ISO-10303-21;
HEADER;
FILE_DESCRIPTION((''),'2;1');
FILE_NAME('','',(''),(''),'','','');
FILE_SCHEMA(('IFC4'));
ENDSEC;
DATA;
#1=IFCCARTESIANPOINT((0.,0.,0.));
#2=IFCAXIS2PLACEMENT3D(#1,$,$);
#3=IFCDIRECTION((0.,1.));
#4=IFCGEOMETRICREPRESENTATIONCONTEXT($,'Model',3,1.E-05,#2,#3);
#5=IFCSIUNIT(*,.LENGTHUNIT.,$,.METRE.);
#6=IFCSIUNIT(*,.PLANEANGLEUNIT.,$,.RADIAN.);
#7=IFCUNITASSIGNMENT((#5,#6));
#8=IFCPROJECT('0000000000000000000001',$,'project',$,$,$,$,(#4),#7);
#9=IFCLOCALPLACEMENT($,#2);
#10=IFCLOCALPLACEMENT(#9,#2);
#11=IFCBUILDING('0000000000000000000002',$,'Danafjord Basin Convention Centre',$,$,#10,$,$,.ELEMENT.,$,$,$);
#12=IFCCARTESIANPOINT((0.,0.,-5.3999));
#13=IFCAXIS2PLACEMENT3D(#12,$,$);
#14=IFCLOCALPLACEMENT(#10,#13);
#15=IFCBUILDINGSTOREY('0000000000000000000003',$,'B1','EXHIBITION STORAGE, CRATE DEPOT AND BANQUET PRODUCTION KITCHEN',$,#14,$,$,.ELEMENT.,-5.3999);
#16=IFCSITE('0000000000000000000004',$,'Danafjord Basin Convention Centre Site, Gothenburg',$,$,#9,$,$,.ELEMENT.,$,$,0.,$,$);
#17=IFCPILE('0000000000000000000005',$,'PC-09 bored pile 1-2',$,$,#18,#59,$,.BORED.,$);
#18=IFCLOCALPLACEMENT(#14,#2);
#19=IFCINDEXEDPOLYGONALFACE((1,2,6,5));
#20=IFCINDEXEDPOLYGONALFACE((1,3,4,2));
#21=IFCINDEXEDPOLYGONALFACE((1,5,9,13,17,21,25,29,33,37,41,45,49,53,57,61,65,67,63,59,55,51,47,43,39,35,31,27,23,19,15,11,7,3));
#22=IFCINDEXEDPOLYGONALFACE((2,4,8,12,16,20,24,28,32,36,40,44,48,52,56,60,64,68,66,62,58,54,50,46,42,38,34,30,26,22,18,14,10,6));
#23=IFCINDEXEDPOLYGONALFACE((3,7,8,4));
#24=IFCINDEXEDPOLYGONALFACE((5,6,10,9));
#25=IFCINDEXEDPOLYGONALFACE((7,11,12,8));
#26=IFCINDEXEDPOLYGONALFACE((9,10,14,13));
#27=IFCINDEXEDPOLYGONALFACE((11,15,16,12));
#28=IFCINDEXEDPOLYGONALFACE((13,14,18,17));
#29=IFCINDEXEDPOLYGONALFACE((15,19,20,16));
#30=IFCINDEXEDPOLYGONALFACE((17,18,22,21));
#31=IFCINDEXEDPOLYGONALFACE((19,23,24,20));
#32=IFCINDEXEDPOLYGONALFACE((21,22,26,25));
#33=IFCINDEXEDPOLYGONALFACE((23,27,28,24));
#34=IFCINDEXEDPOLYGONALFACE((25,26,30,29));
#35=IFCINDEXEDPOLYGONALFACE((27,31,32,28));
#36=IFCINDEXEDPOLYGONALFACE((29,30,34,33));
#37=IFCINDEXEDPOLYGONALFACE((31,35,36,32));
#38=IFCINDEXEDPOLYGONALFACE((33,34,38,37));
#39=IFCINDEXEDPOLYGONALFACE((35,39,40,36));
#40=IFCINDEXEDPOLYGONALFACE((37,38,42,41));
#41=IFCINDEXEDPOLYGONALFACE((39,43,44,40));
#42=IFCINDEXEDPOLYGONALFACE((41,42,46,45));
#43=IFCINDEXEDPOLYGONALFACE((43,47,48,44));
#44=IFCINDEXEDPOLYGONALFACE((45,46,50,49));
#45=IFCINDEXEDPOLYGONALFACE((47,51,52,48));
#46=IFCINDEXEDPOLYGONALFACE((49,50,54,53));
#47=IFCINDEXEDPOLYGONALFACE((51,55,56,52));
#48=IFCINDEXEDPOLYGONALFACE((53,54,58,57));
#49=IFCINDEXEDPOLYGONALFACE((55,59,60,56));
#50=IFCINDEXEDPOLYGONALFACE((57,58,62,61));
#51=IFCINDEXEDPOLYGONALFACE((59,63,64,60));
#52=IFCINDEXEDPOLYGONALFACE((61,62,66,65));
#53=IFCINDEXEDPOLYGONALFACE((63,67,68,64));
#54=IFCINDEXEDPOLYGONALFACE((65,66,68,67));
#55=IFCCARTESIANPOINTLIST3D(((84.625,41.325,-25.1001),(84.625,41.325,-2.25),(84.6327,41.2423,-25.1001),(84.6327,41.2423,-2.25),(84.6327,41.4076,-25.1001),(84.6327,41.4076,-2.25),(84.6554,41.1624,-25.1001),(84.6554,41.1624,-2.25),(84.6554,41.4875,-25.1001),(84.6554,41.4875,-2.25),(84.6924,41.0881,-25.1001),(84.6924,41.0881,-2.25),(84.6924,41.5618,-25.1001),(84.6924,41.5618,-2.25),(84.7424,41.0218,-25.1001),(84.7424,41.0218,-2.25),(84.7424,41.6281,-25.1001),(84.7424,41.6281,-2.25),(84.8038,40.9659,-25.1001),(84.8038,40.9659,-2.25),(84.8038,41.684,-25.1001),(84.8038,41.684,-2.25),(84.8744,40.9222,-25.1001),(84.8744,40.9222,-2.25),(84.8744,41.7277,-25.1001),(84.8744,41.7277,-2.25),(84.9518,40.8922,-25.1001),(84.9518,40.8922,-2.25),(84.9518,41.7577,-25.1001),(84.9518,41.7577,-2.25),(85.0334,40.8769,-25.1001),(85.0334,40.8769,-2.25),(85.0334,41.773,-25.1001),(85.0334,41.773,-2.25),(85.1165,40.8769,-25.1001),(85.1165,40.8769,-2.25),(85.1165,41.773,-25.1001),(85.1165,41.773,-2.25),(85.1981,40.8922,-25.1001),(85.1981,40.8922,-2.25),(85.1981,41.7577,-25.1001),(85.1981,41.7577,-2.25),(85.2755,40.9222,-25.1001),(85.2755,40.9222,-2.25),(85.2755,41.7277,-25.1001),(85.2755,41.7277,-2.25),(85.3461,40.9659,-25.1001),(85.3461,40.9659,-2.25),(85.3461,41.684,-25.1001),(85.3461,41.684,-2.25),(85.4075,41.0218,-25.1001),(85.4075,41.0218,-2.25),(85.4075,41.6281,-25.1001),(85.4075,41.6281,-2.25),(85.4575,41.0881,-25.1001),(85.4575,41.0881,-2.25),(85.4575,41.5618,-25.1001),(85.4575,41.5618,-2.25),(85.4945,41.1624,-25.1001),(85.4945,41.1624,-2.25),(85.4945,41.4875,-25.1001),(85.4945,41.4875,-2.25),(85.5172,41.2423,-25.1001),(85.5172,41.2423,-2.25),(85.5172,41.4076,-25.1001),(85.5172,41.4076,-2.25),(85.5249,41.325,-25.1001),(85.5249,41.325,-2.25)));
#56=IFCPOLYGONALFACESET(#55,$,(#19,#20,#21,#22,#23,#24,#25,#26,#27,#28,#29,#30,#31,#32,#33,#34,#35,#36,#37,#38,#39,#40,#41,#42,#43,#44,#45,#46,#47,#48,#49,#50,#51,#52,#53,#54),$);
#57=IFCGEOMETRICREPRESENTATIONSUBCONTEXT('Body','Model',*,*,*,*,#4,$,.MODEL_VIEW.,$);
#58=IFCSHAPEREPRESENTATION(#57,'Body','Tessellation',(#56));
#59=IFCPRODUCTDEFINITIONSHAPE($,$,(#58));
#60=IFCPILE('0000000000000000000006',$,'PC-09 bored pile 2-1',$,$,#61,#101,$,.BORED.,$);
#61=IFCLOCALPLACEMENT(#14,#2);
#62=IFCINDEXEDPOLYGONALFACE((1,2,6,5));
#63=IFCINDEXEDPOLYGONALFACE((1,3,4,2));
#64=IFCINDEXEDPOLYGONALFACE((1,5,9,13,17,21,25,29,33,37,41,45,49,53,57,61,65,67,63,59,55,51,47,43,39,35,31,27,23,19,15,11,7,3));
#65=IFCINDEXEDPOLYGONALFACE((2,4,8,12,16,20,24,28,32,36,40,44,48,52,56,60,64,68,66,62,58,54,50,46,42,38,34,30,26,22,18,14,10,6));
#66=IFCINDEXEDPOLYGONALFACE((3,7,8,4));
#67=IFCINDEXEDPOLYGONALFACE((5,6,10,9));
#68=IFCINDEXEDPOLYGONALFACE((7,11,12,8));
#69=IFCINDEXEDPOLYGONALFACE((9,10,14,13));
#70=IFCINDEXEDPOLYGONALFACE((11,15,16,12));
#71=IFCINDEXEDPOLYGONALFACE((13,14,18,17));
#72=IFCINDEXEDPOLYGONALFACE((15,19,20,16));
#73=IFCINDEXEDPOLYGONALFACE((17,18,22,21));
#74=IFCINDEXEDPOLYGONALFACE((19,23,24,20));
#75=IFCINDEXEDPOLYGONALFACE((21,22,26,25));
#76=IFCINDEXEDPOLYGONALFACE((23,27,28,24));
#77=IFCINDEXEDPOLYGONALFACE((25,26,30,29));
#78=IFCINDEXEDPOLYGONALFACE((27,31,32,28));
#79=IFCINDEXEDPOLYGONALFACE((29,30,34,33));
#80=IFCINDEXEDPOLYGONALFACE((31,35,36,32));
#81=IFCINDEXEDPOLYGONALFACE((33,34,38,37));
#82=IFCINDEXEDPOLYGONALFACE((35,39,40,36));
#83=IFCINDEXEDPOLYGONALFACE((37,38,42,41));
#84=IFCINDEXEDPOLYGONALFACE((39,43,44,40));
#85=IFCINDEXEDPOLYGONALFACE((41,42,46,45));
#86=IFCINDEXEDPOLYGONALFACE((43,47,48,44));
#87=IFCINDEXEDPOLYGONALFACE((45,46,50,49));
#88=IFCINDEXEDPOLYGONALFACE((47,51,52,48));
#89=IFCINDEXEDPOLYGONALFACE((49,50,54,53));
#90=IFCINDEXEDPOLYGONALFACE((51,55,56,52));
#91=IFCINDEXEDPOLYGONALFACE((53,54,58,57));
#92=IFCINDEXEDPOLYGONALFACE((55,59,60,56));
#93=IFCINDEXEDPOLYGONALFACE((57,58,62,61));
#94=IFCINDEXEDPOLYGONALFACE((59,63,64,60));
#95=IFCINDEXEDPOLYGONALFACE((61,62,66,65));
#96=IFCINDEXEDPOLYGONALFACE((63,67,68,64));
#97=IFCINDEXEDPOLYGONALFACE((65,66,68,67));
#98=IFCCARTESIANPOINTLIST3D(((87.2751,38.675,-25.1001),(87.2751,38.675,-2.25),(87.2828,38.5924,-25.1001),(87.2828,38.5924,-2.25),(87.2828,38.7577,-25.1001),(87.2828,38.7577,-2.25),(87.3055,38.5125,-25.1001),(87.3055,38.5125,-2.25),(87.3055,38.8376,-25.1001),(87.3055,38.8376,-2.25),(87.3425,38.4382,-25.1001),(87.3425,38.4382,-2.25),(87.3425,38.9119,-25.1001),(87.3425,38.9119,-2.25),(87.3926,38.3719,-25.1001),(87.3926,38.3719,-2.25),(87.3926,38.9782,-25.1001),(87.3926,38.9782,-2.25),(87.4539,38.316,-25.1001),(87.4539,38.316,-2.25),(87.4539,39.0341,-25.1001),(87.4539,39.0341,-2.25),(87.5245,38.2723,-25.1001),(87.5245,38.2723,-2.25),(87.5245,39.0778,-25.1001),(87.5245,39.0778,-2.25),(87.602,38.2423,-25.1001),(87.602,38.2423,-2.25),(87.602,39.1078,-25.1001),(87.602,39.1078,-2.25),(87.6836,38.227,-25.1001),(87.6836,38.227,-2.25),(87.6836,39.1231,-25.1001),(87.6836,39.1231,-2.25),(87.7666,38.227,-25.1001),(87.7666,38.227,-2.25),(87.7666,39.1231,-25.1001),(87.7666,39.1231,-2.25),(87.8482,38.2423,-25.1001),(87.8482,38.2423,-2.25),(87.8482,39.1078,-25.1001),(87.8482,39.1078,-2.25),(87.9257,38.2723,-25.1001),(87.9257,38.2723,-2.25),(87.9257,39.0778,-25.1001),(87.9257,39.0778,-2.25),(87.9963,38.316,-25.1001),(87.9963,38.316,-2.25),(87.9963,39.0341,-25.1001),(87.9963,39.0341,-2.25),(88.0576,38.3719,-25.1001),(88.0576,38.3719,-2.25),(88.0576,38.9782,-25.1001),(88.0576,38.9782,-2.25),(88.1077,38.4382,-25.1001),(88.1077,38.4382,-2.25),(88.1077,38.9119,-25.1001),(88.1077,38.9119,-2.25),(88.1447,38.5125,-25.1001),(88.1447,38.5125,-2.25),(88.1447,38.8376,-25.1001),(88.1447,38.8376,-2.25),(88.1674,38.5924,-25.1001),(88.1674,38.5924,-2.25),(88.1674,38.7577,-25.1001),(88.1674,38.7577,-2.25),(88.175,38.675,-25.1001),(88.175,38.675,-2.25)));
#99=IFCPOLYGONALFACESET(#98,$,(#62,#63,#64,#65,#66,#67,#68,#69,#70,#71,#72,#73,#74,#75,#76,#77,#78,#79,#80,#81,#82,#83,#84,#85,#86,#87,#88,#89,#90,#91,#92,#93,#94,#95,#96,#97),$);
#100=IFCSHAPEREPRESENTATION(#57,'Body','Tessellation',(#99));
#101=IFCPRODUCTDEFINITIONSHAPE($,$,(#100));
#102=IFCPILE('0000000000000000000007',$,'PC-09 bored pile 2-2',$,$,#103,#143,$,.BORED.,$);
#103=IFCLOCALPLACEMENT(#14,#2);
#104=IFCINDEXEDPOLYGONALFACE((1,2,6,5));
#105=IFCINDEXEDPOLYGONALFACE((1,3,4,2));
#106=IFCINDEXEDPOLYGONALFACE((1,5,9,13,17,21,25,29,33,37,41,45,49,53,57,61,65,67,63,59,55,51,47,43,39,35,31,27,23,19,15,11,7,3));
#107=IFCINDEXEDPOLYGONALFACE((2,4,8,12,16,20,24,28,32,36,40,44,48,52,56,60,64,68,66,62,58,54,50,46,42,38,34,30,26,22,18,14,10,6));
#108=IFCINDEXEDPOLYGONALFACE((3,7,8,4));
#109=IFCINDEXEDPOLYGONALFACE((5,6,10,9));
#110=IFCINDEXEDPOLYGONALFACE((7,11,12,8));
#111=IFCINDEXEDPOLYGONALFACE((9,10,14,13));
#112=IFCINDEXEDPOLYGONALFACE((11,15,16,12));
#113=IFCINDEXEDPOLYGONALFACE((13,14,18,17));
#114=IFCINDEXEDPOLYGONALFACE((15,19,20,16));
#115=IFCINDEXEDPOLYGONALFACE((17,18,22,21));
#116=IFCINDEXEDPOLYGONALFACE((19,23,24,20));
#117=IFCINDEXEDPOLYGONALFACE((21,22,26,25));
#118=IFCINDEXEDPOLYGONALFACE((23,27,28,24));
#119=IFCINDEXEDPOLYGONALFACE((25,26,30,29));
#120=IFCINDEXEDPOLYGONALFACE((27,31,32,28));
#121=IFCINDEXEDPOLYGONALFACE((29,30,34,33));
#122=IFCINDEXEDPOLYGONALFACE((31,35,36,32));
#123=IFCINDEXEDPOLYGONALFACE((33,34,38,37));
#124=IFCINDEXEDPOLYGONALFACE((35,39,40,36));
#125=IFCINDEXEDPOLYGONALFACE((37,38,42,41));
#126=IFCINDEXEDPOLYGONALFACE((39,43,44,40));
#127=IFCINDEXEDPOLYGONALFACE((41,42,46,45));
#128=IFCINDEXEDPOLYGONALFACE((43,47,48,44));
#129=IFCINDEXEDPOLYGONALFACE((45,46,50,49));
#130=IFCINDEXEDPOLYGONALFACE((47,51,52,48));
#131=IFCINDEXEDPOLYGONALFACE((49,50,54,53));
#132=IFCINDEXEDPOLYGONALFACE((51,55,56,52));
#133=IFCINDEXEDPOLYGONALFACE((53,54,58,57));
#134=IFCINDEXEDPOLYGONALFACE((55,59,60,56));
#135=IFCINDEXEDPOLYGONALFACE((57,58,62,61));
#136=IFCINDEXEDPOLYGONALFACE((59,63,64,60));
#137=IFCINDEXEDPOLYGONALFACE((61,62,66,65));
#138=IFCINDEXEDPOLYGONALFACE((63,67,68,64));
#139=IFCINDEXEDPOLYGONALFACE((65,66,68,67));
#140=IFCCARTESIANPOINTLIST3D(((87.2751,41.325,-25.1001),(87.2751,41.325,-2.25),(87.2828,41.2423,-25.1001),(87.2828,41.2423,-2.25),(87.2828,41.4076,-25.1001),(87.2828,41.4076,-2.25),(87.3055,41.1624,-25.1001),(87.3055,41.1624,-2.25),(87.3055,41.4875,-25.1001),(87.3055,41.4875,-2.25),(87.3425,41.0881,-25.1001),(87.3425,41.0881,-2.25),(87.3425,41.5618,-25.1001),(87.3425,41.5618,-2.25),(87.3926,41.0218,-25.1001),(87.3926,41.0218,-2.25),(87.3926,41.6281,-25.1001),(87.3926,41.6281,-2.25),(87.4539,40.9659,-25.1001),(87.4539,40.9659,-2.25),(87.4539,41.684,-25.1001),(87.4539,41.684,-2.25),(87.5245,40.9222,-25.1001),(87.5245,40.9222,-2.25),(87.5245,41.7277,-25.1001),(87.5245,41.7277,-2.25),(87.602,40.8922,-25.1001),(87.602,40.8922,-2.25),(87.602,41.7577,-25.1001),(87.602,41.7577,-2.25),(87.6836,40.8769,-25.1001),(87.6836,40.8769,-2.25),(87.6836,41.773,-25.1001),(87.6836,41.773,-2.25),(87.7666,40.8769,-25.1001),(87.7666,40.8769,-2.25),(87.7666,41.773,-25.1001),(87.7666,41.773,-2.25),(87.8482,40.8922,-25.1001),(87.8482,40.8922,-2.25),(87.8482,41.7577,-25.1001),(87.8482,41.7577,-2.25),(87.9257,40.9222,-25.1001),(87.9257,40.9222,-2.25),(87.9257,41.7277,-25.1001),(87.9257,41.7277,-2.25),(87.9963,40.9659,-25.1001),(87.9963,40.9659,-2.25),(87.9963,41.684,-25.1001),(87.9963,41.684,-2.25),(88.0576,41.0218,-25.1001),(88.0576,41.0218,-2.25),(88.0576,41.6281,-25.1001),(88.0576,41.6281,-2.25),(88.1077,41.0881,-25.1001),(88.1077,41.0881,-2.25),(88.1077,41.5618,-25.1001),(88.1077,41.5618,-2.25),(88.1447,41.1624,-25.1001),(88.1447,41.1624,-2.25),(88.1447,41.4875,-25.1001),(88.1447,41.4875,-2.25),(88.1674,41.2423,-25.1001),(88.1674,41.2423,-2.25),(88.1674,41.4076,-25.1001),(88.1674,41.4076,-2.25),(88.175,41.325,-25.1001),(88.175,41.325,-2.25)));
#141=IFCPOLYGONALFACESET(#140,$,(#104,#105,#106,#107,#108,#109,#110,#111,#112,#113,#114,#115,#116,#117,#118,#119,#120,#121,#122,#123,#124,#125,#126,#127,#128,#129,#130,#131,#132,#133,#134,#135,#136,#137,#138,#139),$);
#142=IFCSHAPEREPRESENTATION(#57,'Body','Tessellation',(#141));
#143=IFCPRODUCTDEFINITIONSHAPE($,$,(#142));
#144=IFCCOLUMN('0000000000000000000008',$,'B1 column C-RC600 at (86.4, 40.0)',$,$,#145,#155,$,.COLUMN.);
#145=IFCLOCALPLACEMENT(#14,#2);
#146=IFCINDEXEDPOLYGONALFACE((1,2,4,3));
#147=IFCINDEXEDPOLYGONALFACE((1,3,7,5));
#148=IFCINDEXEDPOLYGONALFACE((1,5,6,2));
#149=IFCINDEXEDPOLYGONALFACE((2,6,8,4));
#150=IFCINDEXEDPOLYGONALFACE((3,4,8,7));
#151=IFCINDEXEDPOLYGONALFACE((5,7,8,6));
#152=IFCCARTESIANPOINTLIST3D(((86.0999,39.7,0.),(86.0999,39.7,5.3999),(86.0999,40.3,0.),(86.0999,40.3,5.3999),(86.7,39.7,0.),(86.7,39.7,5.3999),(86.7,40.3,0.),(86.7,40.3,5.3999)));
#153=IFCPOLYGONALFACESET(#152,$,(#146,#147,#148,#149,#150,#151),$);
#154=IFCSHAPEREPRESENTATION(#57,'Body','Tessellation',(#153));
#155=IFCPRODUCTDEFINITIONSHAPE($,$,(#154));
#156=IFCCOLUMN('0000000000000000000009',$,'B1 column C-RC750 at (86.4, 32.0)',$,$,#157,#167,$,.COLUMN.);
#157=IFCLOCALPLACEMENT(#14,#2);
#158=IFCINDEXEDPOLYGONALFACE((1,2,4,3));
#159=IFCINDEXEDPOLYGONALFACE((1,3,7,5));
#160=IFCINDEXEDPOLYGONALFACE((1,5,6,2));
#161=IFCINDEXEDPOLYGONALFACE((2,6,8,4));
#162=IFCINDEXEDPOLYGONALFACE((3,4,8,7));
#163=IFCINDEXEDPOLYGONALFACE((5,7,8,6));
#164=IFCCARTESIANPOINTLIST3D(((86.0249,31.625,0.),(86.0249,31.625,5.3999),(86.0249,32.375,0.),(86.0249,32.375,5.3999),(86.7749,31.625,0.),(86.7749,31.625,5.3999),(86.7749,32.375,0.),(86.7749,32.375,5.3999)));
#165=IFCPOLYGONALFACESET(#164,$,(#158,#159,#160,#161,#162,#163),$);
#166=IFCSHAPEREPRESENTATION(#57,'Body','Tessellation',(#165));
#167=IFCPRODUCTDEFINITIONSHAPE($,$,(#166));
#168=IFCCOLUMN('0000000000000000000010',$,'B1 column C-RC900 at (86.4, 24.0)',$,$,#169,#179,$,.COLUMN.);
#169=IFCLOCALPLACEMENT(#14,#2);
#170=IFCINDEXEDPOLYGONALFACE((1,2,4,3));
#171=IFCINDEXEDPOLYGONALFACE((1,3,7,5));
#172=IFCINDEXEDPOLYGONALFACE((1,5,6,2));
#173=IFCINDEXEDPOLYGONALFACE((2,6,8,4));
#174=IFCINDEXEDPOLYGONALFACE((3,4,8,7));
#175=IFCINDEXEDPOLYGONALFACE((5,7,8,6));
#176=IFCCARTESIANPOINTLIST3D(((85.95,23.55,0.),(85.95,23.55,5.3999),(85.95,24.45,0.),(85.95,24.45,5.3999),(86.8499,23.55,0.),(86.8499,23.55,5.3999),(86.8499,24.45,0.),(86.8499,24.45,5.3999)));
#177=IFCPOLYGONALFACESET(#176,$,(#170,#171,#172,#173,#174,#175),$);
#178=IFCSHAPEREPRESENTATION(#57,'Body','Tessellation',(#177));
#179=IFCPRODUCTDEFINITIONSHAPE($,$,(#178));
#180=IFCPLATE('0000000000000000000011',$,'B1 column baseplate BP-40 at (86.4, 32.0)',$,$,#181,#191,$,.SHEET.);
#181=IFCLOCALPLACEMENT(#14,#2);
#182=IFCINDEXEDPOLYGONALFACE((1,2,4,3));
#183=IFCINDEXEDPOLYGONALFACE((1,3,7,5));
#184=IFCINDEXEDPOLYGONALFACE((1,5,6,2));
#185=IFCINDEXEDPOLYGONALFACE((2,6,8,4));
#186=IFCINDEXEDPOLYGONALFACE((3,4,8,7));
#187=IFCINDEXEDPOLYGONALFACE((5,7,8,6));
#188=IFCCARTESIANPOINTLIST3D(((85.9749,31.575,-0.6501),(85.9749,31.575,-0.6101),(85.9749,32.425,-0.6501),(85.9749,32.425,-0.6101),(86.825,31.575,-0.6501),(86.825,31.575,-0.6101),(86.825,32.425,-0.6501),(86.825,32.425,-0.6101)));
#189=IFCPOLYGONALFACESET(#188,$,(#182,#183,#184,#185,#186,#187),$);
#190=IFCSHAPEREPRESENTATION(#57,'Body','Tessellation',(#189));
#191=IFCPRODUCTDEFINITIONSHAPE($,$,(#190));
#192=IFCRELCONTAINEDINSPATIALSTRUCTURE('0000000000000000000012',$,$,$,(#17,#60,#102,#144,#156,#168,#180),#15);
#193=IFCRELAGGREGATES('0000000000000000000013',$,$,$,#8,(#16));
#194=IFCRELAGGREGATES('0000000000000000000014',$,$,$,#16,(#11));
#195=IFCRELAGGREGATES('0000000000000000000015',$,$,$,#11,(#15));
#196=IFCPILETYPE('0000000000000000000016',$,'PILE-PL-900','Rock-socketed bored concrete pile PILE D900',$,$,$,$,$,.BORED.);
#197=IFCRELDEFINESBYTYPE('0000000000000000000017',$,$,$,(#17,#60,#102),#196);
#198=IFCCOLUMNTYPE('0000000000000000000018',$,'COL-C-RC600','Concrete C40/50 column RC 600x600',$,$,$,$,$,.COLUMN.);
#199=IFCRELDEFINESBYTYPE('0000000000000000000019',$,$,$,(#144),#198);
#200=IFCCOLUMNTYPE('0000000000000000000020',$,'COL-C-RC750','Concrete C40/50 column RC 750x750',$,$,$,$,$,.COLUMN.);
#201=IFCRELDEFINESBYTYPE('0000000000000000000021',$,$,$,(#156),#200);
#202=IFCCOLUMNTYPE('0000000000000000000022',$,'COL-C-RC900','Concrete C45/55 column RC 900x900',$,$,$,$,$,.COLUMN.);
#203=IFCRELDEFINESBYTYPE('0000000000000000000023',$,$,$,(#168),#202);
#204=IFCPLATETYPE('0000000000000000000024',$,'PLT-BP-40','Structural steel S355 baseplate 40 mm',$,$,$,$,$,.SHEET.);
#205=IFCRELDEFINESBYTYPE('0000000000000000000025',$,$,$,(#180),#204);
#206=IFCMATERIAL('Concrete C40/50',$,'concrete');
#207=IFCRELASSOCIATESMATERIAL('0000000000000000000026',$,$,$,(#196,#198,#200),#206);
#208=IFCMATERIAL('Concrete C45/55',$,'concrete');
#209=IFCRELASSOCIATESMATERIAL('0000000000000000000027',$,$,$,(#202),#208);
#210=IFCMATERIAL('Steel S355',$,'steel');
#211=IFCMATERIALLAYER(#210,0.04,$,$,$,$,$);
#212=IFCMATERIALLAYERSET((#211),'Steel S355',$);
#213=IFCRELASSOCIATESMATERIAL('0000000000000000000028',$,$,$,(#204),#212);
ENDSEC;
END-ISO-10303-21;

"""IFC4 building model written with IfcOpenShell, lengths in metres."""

from ifc_helpers import new_model, si_unit, direction, frame, origin, origin_2d, place, context, subcontext, project, spatial, rectangle, circle, extrude, material, layer, layer_set, material_profile, profile_set, type_object, element, save


model = new_model("IFC4")

# Units and contexts
model_context = context("Model", 3, precision=1e-05, world=origin(), true_north=direction((0.0, 1.0)))
body_context = subcontext(model_context, "Body", "Model", "MODEL_VIEW")
ifc_project = project(units=[si_unit("LENGTHUNIT", "METRE"), si_unit("PLANEANGLEUNIT", "RADIAN")], contexts=[model_context])

# Site, building, storey
site_placement = place(None, origin())
site = spatial("IfcSite", under=ifc_project, at=site_placement, Name="Danafjord Basin Convention Centre Site, Gothenburg", CompositionType="ELEMENT", RefElevation=0.0)
building_placement = place(site_placement, origin())
building = spatial("IfcBuilding", under=site, at=building_placement, Name="Danafjord Basin Convention Centre", CompositionType="ELEMENT")
storey_placement = place(building_placement, frame((0.0, 0.0, -5.3999)))
storey = spatial("IfcBuildingStorey", under=building, at=storey_placement, Name="B1", Description="EXHIBITION STORAGE, CRATE DEPOT AND BANQUET PRODUCTION KITCHEN", CompositionType="ELEMENT", Elevation=-5.3999)

# Shared definitions
ifc_material_1 = material(Name="Concrete C40/50", Category="concrete")

# Piles
ifc_material_profile_1 = material_profile(ifc_material_1, circle(Radius=0.45, at=origin_2d()), Name="PILE D900")
ifc_profile_set_1 = profile_set([ifc_material_profile_1], Name="Concrete C40/50")
pile_type_1 = type_object("IfcPileType", Name="PILE-PL-900", Description="Rock-socketed bored concrete pile PILE D900", PredefinedType="BORED", material=ifc_profile_set_1)
for number, where, z_axis, x_axis, name in (
    (1, (85.075, 41.325, -2.25), (0.0, 0.0, -1.0), (1.0, 0.0, 0.0), "PC-09 bored pile 1-2"),
    (2, (87.7251, 38.675, -2.25), (0.0, 0.0, -1.0), (1.0, 0.0, 0.0), "PC-09 bored pile 2-1"),
    (3, (87.7251, 41.325, -2.25), (0.0, 0.0, -1.0), (1.0, 0.0, 0.0), "PC-09 bored pile 2-2"),
):
    element("IfcPile", number, at=place(storey_placement, frame(where, z_axis=z_axis, x_axis=x_axis)), inside=storey, type_object=pile_type_1, Name=name, PredefinedType="BORED", context=body_context, shape_type="SweptSolid", body=[
        extrude(circle(Radius=0.45, at=origin_2d()), origin(), (0.0, 0.0, 1.0), 22.8501),
    ])

# Columns
ifc_material_profile_2 = material_profile(ifc_material_1, rectangle(XDim=0.6001, YDim=0.6001, at=origin_2d()), Name="RC 600x600")
ifc_profile_set_2 = profile_set([ifc_material_profile_2], Name="Concrete C40/50")
column_type_1 = type_object("IfcColumnType", Name="COL-C-RC600", Description="Concrete C40/50 column RC 600x600", PredefinedType="COLUMN", material=ifc_profile_set_2)
column_1_placement = place(storey_placement, frame((86.3999, 40.0, 0.0), z_axis=(0.0, 0.0, 1.0), x_axis=(1.0, 0.0, 0.0)))
element("IfcColumn", 4, at=column_1_placement, inside=storey, type_object=column_type_1, Name="B1 column C-RC600 at (86.4, 40.0)", PredefinedType="COLUMN", context=body_context, shape_type="SweptSolid", body=[
    extrude(rectangle(XDim=0.6001, YDim=0.6001, at=origin_2d()), origin(), (0.0, 0.0, 1.0), 5.3999),
])
ifc_material_profile_3 = material_profile(ifc_material_1, rectangle(XDim=0.75, YDim=0.75, at=origin_2d()), Name="RC 750x750")
ifc_profile_set_3 = profile_set([ifc_material_profile_3], Name="Concrete C40/50")
column_type_2 = type_object("IfcColumnType", Name="COL-C-RC750", Description="Concrete C40/50 column RC 750x750", PredefinedType="COLUMN", material=ifc_profile_set_3)
column_2_placement = place(storey_placement, frame((86.3999, 32.0, 0.0), z_axis=(0.0, 0.0, 1.0), x_axis=(1.0, 0.0, 0.0)))
element("IfcColumn", 5, at=column_2_placement, inside=storey, type_object=column_type_2, Name="B1 column C-RC750 at (86.4, 32.0)", PredefinedType="COLUMN", context=body_context, shape_type="SweptSolid", body=[
    extrude(rectangle(XDim=0.75, YDim=0.75, at=origin_2d()), origin(), (0.0, 0.0, 1.0), 5.3999),
])
ifc_material_2 = material(Name="Concrete C45/55", Category="concrete")
ifc_material_profile_4 = material_profile(ifc_material_2, rectangle(XDim=0.8999, YDim=0.8999, at=origin_2d()), Name="RC 900x900")
ifc_profile_set_4 = profile_set([ifc_material_profile_4], Name="Concrete C45/55")
column_type_3 = type_object("IfcColumnType", Name="COL-C-RC900", Description="Concrete C45/55 column RC 900x900", PredefinedType="COLUMN", material=ifc_profile_set_4)
column_3_placement = place(storey_placement, frame((86.3999, 24.0, 0.0), z_axis=(0.0, 0.0, 1.0), x_axis=(1.0, 0.0, 0.0)))
element("IfcColumn", 6, at=column_3_placement, inside=storey, type_object=column_type_3, Name="B1 column C-RC900 at (86.4, 24.0)", PredefinedType="COLUMN", context=body_context, shape_type="SweptSolid", body=[
    extrude(rectangle(XDim=0.8999, YDim=0.8999, at=origin_2d()), origin(), (0.0, 0.0, 1.0), 5.3999),
])

# Plate
ifc_material_3 = material(Name="Steel S355", Category="steel")
ifc_layer_1 = layer(ifc_material_3, 0.04)
ifc_layer_set_1 = layer_set([ifc_layer_1], Name="Steel S355")
plate_type = type_object("IfcPlateType", Name="PLT-BP-40", Description="Structural steel S355 baseplate 40 mm", PredefinedType="SHEET", material=ifc_layer_set_1)
plate_placement = place(storey_placement, frame((86.3999, 32.0, -0.6501), z_axis=(0.0, 0.0, 1.0), x_axis=(1.0, 0.0, 0.0)))
element("IfcPlate", 7, at=plate_placement, inside=storey, type_object=plate_type, Name="B1 column baseplate BP-40 at (86.4, 32.0)", PredefinedType="SHEET", context=body_context, shape_type="SweptSolid", body=[
    extrude(rectangle(XDim=0.8501, YDim=0.8501, at=origin_2d()), origin(), (0.0, 0.0, 1.0), 0.04),
])

save(model, "model.ifc")
